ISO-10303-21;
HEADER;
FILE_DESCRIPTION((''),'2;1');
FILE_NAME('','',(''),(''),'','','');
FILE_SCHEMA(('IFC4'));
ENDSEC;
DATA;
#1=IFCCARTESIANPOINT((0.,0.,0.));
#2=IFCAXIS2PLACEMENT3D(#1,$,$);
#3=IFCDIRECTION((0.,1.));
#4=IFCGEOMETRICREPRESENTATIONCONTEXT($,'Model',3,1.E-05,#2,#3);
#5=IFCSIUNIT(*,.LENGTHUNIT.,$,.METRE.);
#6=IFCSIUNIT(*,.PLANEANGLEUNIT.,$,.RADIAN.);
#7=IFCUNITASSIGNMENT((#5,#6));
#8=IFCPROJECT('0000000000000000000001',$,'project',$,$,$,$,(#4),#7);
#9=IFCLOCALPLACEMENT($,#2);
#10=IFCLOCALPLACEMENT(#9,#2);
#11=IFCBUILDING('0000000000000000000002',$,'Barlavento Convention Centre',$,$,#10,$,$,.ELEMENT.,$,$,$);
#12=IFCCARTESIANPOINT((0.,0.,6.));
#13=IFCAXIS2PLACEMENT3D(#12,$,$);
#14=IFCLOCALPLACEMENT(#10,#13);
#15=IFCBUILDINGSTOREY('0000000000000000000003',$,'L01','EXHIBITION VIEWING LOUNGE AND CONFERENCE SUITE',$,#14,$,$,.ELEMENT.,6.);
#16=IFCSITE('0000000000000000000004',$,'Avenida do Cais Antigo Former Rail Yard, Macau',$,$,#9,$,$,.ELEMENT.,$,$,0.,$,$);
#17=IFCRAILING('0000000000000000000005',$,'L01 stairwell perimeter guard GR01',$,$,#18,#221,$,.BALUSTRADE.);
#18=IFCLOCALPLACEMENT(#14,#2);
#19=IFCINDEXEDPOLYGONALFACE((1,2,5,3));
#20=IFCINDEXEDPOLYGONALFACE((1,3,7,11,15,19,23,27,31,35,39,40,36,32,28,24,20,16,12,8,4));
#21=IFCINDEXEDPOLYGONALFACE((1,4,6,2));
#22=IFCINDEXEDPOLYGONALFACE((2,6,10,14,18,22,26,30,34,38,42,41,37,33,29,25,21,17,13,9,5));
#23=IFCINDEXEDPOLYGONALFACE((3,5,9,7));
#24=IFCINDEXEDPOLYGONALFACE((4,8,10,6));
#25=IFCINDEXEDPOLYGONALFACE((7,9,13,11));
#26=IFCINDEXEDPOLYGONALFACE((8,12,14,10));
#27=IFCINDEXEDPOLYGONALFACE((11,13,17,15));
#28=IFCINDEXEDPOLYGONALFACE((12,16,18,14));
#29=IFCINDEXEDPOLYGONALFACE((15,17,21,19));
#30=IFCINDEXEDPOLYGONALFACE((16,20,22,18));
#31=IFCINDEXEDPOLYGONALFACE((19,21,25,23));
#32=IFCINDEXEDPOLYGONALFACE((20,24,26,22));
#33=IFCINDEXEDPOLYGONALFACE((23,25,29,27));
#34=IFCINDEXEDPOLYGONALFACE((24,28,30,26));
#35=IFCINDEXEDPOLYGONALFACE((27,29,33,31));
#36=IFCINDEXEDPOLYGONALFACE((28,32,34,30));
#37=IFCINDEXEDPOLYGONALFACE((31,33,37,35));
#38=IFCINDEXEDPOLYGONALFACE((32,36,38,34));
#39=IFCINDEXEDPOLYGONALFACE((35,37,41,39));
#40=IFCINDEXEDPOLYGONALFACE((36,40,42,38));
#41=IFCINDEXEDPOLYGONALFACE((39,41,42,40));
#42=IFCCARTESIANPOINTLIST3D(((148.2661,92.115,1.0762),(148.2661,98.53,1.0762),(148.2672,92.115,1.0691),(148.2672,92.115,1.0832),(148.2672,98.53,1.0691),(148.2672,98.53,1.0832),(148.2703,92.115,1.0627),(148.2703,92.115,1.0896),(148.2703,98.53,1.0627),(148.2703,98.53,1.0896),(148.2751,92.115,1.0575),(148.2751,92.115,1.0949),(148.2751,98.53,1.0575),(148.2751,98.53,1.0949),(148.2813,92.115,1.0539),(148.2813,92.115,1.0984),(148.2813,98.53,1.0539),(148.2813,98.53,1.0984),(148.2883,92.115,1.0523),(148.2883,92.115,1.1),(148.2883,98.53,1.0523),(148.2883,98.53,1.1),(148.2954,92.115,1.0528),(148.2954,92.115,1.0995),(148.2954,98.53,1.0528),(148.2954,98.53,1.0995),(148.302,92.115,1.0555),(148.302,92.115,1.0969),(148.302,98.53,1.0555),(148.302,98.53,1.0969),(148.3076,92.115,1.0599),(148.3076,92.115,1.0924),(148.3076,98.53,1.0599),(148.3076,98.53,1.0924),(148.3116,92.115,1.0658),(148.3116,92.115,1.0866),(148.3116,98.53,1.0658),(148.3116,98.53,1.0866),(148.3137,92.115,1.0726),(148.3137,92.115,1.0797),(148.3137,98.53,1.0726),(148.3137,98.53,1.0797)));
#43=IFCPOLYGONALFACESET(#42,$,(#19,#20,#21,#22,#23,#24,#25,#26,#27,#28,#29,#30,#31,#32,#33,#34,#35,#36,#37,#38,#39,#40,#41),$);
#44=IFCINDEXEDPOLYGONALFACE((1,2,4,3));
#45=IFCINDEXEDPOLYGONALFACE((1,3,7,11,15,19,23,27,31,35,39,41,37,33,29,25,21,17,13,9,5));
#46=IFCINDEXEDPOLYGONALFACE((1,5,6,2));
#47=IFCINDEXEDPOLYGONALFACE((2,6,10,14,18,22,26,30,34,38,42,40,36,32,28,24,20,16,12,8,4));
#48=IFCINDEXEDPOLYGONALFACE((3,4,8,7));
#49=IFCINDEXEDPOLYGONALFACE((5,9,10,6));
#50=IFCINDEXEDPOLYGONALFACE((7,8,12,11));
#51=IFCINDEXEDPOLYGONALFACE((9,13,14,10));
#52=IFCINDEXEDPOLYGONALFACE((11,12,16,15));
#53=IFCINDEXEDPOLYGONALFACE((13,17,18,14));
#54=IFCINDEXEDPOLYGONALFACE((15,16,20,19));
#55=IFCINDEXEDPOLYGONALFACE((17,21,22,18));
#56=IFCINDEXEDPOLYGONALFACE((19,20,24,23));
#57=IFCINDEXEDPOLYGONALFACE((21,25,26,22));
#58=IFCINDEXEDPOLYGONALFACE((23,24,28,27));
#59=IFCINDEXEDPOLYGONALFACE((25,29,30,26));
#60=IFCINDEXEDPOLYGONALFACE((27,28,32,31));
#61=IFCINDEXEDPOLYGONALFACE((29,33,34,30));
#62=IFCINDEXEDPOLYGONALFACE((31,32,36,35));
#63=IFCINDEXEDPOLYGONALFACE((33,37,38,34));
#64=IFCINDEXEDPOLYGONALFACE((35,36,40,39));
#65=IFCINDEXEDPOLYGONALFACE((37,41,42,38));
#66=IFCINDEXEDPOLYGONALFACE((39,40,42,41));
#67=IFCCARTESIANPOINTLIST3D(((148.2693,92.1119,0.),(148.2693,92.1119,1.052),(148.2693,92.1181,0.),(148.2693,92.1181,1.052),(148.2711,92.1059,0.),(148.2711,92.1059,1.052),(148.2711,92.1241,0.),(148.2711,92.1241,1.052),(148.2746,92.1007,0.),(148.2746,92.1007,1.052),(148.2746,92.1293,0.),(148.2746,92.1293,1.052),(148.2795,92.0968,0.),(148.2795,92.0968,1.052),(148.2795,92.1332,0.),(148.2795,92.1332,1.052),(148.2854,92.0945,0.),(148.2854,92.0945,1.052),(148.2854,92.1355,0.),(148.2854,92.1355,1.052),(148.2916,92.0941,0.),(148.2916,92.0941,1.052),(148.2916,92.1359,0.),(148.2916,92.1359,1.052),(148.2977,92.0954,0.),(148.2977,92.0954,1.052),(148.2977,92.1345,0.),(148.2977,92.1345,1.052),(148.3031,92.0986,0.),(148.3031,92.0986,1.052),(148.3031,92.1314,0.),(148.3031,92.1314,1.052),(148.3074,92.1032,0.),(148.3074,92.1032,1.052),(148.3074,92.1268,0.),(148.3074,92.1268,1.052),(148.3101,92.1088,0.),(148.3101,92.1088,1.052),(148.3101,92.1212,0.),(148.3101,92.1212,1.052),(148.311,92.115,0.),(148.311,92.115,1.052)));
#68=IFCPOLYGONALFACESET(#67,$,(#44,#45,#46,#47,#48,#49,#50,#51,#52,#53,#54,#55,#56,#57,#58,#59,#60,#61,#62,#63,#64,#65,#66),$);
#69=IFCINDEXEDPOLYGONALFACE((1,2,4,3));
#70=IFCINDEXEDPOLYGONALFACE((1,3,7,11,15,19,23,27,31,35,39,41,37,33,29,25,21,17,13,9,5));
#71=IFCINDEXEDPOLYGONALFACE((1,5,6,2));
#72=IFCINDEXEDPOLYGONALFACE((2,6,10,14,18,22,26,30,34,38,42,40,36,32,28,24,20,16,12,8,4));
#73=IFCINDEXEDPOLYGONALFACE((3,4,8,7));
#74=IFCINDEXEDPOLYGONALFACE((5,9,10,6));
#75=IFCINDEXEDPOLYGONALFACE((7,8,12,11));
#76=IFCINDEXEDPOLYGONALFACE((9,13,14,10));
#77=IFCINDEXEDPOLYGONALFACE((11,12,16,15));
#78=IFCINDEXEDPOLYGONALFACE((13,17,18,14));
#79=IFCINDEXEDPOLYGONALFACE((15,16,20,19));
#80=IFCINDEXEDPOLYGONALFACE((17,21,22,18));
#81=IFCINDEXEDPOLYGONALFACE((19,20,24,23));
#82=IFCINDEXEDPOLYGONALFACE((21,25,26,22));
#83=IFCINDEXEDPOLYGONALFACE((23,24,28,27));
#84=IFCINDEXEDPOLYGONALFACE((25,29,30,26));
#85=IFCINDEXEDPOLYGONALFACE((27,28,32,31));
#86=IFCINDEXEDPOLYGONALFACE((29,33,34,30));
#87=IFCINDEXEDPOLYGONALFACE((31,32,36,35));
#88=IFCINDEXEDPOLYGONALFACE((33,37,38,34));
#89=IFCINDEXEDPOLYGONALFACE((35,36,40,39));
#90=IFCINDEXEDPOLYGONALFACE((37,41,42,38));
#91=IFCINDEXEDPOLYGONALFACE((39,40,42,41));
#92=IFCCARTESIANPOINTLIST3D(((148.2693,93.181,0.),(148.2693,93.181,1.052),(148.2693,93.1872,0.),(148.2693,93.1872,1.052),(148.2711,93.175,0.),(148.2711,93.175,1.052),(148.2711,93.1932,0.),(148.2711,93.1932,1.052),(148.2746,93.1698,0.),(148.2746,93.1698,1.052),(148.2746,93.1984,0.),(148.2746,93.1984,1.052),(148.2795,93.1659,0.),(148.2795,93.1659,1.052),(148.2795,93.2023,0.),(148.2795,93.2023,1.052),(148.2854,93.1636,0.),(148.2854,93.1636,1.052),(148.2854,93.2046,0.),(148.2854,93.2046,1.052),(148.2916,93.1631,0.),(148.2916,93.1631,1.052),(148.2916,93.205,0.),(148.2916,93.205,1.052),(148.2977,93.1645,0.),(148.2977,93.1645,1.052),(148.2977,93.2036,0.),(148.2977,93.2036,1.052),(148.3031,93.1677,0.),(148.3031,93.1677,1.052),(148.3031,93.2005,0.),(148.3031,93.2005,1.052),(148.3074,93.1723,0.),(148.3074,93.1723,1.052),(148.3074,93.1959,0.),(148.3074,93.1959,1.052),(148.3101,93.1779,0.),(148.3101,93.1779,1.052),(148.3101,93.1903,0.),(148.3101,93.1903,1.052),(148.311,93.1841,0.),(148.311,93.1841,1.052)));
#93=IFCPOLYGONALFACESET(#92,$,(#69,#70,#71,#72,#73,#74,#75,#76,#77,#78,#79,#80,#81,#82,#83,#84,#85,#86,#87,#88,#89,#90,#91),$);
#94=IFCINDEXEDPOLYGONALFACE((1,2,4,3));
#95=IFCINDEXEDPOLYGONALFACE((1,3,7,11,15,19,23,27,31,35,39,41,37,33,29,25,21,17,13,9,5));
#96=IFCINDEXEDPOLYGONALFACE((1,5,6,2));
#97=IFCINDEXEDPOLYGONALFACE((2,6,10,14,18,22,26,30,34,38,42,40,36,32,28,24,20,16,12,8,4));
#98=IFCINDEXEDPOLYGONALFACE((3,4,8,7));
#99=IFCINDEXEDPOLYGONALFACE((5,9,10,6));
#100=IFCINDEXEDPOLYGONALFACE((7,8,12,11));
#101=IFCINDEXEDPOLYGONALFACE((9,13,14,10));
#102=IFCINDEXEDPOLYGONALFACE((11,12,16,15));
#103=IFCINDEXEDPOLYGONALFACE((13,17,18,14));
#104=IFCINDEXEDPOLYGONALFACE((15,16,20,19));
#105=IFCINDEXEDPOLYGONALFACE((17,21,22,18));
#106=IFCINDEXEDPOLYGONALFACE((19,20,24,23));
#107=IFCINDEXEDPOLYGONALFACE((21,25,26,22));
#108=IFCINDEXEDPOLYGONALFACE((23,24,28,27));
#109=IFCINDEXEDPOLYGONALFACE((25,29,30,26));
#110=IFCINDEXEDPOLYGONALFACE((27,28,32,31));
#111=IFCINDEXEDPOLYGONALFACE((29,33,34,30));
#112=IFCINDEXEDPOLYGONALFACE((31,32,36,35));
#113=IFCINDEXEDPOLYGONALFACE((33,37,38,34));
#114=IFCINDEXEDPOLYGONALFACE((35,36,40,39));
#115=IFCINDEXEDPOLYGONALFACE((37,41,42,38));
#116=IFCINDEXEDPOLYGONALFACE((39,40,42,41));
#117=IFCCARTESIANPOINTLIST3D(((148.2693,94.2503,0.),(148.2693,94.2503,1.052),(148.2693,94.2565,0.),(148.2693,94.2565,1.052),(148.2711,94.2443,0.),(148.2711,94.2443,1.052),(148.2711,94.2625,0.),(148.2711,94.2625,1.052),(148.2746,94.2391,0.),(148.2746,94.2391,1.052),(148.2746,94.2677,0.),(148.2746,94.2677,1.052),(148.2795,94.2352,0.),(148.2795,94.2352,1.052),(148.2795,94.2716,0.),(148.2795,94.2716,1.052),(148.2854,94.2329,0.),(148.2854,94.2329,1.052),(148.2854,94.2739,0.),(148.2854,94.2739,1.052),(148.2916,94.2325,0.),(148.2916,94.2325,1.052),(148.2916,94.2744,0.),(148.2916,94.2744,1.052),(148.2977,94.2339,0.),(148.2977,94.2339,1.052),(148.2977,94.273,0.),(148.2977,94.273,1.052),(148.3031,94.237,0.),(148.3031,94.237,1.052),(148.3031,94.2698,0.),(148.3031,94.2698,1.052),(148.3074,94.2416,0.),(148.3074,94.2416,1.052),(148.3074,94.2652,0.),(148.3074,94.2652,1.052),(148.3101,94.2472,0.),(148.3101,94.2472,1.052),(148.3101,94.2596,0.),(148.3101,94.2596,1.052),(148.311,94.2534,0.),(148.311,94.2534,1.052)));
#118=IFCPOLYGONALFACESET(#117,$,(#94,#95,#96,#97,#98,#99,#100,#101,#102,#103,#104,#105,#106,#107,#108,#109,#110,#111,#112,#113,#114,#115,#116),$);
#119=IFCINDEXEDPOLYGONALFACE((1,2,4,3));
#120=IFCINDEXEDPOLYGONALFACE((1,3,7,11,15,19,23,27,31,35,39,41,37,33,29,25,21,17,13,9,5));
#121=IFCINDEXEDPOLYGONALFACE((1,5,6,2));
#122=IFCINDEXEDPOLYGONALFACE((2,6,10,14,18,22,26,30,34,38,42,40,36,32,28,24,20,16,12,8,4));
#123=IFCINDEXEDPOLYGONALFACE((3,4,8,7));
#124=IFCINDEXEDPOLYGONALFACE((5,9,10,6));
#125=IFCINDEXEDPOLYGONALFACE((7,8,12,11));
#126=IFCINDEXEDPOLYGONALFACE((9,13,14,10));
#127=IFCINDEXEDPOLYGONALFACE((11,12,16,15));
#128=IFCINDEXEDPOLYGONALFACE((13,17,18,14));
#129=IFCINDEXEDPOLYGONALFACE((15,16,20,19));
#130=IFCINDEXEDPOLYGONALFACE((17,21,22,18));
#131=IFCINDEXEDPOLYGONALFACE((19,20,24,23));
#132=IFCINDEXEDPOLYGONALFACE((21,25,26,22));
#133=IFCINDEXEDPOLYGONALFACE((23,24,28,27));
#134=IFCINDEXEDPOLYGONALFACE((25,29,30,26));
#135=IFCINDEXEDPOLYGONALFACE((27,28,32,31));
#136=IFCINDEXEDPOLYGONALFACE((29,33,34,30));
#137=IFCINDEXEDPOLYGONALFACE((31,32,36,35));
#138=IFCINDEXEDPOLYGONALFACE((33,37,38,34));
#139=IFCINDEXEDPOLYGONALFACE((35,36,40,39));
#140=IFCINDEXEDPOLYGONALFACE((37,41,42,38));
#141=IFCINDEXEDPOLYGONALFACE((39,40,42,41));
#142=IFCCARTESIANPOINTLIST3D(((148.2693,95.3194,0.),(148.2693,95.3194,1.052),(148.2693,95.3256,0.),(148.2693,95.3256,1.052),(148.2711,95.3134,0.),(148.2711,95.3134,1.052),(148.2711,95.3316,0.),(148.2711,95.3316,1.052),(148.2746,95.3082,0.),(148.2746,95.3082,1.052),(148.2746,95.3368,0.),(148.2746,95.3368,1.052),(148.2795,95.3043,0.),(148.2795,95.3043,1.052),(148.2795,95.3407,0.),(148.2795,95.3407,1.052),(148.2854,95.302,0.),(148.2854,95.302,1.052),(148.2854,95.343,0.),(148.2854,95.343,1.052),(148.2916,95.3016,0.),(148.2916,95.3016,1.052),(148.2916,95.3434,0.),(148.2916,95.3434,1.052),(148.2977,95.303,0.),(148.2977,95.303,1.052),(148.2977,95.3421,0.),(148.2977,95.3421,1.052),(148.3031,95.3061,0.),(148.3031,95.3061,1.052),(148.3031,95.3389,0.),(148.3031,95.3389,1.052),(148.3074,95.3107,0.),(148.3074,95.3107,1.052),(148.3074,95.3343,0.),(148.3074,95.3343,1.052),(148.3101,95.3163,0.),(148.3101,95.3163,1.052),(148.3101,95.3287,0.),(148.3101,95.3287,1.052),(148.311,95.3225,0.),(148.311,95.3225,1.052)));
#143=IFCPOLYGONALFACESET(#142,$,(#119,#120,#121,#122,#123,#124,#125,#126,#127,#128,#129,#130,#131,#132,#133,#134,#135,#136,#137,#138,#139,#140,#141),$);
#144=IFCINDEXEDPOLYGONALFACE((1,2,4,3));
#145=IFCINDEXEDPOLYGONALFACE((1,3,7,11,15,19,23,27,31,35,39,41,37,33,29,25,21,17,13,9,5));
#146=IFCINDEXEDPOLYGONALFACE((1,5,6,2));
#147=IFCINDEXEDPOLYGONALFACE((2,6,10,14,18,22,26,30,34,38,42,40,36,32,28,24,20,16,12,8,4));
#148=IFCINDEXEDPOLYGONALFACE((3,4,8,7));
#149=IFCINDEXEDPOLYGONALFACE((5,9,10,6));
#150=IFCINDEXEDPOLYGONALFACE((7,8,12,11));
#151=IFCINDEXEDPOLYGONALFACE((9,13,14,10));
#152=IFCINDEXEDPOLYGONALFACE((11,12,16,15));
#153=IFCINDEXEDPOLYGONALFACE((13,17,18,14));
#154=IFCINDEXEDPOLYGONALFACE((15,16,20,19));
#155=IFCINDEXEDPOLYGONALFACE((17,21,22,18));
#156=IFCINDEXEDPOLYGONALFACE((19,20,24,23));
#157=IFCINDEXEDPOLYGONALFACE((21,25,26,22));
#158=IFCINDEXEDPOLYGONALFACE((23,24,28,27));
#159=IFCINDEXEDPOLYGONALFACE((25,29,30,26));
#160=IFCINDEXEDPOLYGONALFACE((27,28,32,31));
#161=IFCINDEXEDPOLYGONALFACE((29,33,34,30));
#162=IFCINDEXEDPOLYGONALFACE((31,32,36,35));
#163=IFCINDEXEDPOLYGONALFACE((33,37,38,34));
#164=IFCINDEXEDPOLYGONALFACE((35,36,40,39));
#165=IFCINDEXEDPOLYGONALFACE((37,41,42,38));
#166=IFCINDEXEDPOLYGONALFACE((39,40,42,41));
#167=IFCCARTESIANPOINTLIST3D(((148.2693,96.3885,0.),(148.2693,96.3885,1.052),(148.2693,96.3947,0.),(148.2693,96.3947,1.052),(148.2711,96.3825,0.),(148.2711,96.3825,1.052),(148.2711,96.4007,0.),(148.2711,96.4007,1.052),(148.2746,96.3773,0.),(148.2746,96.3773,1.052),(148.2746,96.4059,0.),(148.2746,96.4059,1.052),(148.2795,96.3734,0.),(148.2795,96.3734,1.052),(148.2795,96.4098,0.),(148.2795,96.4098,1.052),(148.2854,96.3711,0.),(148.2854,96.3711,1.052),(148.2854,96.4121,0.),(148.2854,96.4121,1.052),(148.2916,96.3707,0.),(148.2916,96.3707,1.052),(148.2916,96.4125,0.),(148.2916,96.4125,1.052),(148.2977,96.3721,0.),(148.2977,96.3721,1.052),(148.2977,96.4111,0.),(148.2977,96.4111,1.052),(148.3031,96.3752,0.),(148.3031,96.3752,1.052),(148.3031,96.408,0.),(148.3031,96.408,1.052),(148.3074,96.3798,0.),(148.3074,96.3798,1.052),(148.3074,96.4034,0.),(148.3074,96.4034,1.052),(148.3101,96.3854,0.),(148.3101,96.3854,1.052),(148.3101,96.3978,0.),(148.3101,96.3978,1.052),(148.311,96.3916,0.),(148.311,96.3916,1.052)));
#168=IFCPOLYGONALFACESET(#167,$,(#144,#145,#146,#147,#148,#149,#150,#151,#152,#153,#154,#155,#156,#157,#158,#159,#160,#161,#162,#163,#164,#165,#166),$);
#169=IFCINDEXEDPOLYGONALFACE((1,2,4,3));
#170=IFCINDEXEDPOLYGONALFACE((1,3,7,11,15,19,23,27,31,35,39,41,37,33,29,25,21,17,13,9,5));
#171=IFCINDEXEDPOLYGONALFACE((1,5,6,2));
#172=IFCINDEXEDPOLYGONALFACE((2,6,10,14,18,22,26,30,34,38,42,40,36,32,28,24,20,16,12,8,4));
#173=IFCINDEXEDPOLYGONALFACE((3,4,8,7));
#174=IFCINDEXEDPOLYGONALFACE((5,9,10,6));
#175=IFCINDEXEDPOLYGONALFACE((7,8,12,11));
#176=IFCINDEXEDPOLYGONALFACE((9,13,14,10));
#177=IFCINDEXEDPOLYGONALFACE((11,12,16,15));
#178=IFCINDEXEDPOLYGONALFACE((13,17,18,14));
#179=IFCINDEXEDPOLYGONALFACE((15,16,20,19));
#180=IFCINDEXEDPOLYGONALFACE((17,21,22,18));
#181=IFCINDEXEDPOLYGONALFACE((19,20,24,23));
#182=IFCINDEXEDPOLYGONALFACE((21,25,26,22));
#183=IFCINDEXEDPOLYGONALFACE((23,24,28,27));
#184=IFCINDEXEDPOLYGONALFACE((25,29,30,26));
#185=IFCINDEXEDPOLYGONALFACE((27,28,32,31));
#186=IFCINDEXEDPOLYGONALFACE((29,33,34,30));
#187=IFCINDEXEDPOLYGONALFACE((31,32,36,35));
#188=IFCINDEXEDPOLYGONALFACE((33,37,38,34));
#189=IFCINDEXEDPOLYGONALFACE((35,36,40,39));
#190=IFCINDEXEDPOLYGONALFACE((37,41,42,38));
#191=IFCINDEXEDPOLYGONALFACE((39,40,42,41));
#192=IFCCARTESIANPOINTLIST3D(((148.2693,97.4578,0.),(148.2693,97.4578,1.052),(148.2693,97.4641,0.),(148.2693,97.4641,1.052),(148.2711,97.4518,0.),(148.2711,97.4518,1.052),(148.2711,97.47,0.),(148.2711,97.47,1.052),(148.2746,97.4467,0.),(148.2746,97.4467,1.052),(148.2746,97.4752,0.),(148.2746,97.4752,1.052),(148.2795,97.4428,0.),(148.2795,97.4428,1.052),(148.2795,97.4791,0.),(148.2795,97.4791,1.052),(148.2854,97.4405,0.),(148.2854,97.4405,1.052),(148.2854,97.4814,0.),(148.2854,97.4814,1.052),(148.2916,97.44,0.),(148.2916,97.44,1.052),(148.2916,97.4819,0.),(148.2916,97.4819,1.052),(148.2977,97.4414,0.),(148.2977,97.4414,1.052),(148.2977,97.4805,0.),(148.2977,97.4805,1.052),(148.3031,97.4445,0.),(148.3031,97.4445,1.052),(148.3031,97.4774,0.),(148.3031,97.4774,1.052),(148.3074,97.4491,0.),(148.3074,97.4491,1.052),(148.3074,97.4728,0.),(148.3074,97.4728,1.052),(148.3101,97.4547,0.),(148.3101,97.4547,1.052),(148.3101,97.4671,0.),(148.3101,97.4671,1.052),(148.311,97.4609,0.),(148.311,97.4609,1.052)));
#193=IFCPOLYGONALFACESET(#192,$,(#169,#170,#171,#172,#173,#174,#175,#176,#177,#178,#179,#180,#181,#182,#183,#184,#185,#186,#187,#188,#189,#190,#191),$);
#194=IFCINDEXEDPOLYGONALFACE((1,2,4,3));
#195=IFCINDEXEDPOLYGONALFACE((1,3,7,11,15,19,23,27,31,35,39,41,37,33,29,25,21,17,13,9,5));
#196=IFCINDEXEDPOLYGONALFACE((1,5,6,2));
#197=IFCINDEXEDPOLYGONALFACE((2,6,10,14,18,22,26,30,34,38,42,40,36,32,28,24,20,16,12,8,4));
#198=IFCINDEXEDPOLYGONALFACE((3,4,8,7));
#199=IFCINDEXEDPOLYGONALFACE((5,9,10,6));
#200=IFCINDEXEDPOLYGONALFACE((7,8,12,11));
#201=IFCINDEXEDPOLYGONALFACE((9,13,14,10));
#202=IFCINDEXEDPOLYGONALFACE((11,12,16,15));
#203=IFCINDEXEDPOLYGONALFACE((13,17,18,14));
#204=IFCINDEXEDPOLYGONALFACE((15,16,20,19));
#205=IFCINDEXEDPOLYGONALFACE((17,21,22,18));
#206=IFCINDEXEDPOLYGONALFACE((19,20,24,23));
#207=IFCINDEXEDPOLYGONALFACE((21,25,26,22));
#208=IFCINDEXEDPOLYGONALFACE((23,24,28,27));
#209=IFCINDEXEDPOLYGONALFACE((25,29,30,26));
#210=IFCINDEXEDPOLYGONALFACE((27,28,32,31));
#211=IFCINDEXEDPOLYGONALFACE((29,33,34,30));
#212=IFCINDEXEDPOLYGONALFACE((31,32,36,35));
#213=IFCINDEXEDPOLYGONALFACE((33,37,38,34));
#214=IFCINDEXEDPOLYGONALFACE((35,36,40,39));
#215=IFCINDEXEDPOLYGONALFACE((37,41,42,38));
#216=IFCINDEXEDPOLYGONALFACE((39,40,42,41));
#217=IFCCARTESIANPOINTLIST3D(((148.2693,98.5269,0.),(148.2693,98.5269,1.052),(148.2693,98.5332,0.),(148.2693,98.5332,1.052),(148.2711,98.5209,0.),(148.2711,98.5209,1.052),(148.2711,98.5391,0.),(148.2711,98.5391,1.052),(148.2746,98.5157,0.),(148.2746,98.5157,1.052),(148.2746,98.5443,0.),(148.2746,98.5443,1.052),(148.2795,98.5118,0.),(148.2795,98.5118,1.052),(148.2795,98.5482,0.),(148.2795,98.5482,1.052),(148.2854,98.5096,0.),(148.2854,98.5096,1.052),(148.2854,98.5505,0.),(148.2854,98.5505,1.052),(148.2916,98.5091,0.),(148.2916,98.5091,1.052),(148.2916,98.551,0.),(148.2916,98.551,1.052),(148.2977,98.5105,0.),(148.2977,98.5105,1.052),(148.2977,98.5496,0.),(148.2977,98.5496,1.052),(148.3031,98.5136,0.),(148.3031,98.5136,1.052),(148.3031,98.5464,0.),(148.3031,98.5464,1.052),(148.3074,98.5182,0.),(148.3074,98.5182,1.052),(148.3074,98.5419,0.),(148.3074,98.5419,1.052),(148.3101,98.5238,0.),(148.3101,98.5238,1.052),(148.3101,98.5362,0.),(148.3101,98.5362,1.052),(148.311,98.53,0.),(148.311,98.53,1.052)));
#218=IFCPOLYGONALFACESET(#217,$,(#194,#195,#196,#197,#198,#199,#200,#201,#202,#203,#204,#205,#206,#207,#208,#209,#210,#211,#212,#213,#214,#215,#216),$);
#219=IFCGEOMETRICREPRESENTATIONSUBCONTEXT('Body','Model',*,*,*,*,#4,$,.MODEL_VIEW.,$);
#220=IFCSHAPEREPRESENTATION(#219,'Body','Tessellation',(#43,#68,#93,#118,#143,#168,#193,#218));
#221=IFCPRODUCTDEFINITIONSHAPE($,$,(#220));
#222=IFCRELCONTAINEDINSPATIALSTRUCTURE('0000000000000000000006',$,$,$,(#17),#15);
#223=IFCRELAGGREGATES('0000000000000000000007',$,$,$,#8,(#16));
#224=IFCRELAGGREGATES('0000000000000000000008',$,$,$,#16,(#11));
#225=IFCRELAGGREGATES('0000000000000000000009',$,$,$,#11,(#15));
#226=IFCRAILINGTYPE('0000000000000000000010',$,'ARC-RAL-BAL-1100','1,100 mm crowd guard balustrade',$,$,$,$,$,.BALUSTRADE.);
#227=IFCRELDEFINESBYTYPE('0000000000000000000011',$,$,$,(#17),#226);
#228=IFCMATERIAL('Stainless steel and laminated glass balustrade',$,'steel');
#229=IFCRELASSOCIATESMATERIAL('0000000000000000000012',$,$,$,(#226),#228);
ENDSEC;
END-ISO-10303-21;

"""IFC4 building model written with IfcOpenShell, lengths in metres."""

from ifc_helpers import new_model, si_unit, direction, frame, origin, origin_2d, place, context, subcontext, project, spatial, circle, extrude, material, type_object, element, save


model = new_model("IFC4")

# Units and contexts
model_context = context("Model", 3, precision=1e-05, world=origin(), true_north=direction((0.0, 1.0)))
body_context = subcontext(model_context, "Body", "Model", "MODEL_VIEW")
ifc_project = project(units=[si_unit("LENGTHUNIT", "METRE"), si_unit("PLANEANGLEUNIT", "RADIAN")], contexts=[model_context])

# Site, building, storey
site_placement = place(None, origin())
site = spatial("IfcSite", under=ifc_project, at=site_placement, Name="Avenida do Cais Antigo Former Rail Yard, Macau", CompositionType="ELEMENT", RefElevation=0.0)
building_placement = place(site_placement, origin())
building = spatial("IfcBuilding", under=site, at=building_placement, Name="Barlavento Convention Centre", CompositionType="ELEMENT")
storey_placement = place(building_placement, frame((0.0, 0.0, 6.0)))
storey = spatial("IfcBuildingStorey", under=building, at=storey_placement, Name="L01", Description="EXHIBITION VIEWING LOUNGE AND CONFERENCE SUITE", CompositionType="ELEMENT", Elevation=6.0)

# Railing
ifc_material_1 = material(Name="Stainless steel and laminated glass balustrade", Category="steel")
railing_type_1 = type_object("IfcRailingType", Name="ARC-RAL-BAL-1100", Description="1,100 mm crowd guard balustrade", PredefinedType="BALUSTRADE", material=ifc_material_1)
railing_1_placement = place(storey_placement, frame((148.29, 92.115, 0.0)))
element("IfcRailing", 1, at=railing_1_placement, inside=storey, type_object=railing_type_1, Name="L01 stairwell perimeter guard GR01", PredefinedType="BALUSTRADE", context=body_context, shape_type="SweptSolid", body=[
    extrude(circle(Radius=0.0239, at=origin_2d()), frame((0.0, 0.0, 1.0762), z_axis=(0.0, 1.0, 0.0), x_axis=(-1.0, 0.0, 0.0)), (0.0, 0.0, 1.0), 6.415),
    extrude(circle(Radius=0.021, at=origin_2d()), origin(), (0.0, 0.0, 1.0), 1.052),
    extrude(circle(Radius=0.021, at=origin_2d()), frame((0.0, 1.0691, 0.0)), (0.0, 0.0, 1.0), 1.052),
    extrude(circle(Radius=0.021, at=origin_2d()), frame((0.0, 2.1384, 0.0)), (0.0, 0.0, 1.0), 1.052),
    extrude(circle(Radius=0.021, at=origin_2d()), frame((0.0, 3.2075, 0.0)), (0.0, 0.0, 1.0), 1.052),
    extrude(circle(Radius=0.021, at=origin_2d()), frame((0.0, 4.2766, 0.0)), (0.0, 0.0, 1.0), 1.052),
    extrude(circle(Radius=0.021, at=origin_2d()), frame((0.0, 5.3459, 0.0)), (0.0, 0.0, 1.0), 1.052),
    extrude(circle(Radius=0.021, at=origin_2d()), frame((0.0, 6.415, 0.0)), (0.0, 0.0, 1.0), 1.052),
])

save(model, "model.ifc")
